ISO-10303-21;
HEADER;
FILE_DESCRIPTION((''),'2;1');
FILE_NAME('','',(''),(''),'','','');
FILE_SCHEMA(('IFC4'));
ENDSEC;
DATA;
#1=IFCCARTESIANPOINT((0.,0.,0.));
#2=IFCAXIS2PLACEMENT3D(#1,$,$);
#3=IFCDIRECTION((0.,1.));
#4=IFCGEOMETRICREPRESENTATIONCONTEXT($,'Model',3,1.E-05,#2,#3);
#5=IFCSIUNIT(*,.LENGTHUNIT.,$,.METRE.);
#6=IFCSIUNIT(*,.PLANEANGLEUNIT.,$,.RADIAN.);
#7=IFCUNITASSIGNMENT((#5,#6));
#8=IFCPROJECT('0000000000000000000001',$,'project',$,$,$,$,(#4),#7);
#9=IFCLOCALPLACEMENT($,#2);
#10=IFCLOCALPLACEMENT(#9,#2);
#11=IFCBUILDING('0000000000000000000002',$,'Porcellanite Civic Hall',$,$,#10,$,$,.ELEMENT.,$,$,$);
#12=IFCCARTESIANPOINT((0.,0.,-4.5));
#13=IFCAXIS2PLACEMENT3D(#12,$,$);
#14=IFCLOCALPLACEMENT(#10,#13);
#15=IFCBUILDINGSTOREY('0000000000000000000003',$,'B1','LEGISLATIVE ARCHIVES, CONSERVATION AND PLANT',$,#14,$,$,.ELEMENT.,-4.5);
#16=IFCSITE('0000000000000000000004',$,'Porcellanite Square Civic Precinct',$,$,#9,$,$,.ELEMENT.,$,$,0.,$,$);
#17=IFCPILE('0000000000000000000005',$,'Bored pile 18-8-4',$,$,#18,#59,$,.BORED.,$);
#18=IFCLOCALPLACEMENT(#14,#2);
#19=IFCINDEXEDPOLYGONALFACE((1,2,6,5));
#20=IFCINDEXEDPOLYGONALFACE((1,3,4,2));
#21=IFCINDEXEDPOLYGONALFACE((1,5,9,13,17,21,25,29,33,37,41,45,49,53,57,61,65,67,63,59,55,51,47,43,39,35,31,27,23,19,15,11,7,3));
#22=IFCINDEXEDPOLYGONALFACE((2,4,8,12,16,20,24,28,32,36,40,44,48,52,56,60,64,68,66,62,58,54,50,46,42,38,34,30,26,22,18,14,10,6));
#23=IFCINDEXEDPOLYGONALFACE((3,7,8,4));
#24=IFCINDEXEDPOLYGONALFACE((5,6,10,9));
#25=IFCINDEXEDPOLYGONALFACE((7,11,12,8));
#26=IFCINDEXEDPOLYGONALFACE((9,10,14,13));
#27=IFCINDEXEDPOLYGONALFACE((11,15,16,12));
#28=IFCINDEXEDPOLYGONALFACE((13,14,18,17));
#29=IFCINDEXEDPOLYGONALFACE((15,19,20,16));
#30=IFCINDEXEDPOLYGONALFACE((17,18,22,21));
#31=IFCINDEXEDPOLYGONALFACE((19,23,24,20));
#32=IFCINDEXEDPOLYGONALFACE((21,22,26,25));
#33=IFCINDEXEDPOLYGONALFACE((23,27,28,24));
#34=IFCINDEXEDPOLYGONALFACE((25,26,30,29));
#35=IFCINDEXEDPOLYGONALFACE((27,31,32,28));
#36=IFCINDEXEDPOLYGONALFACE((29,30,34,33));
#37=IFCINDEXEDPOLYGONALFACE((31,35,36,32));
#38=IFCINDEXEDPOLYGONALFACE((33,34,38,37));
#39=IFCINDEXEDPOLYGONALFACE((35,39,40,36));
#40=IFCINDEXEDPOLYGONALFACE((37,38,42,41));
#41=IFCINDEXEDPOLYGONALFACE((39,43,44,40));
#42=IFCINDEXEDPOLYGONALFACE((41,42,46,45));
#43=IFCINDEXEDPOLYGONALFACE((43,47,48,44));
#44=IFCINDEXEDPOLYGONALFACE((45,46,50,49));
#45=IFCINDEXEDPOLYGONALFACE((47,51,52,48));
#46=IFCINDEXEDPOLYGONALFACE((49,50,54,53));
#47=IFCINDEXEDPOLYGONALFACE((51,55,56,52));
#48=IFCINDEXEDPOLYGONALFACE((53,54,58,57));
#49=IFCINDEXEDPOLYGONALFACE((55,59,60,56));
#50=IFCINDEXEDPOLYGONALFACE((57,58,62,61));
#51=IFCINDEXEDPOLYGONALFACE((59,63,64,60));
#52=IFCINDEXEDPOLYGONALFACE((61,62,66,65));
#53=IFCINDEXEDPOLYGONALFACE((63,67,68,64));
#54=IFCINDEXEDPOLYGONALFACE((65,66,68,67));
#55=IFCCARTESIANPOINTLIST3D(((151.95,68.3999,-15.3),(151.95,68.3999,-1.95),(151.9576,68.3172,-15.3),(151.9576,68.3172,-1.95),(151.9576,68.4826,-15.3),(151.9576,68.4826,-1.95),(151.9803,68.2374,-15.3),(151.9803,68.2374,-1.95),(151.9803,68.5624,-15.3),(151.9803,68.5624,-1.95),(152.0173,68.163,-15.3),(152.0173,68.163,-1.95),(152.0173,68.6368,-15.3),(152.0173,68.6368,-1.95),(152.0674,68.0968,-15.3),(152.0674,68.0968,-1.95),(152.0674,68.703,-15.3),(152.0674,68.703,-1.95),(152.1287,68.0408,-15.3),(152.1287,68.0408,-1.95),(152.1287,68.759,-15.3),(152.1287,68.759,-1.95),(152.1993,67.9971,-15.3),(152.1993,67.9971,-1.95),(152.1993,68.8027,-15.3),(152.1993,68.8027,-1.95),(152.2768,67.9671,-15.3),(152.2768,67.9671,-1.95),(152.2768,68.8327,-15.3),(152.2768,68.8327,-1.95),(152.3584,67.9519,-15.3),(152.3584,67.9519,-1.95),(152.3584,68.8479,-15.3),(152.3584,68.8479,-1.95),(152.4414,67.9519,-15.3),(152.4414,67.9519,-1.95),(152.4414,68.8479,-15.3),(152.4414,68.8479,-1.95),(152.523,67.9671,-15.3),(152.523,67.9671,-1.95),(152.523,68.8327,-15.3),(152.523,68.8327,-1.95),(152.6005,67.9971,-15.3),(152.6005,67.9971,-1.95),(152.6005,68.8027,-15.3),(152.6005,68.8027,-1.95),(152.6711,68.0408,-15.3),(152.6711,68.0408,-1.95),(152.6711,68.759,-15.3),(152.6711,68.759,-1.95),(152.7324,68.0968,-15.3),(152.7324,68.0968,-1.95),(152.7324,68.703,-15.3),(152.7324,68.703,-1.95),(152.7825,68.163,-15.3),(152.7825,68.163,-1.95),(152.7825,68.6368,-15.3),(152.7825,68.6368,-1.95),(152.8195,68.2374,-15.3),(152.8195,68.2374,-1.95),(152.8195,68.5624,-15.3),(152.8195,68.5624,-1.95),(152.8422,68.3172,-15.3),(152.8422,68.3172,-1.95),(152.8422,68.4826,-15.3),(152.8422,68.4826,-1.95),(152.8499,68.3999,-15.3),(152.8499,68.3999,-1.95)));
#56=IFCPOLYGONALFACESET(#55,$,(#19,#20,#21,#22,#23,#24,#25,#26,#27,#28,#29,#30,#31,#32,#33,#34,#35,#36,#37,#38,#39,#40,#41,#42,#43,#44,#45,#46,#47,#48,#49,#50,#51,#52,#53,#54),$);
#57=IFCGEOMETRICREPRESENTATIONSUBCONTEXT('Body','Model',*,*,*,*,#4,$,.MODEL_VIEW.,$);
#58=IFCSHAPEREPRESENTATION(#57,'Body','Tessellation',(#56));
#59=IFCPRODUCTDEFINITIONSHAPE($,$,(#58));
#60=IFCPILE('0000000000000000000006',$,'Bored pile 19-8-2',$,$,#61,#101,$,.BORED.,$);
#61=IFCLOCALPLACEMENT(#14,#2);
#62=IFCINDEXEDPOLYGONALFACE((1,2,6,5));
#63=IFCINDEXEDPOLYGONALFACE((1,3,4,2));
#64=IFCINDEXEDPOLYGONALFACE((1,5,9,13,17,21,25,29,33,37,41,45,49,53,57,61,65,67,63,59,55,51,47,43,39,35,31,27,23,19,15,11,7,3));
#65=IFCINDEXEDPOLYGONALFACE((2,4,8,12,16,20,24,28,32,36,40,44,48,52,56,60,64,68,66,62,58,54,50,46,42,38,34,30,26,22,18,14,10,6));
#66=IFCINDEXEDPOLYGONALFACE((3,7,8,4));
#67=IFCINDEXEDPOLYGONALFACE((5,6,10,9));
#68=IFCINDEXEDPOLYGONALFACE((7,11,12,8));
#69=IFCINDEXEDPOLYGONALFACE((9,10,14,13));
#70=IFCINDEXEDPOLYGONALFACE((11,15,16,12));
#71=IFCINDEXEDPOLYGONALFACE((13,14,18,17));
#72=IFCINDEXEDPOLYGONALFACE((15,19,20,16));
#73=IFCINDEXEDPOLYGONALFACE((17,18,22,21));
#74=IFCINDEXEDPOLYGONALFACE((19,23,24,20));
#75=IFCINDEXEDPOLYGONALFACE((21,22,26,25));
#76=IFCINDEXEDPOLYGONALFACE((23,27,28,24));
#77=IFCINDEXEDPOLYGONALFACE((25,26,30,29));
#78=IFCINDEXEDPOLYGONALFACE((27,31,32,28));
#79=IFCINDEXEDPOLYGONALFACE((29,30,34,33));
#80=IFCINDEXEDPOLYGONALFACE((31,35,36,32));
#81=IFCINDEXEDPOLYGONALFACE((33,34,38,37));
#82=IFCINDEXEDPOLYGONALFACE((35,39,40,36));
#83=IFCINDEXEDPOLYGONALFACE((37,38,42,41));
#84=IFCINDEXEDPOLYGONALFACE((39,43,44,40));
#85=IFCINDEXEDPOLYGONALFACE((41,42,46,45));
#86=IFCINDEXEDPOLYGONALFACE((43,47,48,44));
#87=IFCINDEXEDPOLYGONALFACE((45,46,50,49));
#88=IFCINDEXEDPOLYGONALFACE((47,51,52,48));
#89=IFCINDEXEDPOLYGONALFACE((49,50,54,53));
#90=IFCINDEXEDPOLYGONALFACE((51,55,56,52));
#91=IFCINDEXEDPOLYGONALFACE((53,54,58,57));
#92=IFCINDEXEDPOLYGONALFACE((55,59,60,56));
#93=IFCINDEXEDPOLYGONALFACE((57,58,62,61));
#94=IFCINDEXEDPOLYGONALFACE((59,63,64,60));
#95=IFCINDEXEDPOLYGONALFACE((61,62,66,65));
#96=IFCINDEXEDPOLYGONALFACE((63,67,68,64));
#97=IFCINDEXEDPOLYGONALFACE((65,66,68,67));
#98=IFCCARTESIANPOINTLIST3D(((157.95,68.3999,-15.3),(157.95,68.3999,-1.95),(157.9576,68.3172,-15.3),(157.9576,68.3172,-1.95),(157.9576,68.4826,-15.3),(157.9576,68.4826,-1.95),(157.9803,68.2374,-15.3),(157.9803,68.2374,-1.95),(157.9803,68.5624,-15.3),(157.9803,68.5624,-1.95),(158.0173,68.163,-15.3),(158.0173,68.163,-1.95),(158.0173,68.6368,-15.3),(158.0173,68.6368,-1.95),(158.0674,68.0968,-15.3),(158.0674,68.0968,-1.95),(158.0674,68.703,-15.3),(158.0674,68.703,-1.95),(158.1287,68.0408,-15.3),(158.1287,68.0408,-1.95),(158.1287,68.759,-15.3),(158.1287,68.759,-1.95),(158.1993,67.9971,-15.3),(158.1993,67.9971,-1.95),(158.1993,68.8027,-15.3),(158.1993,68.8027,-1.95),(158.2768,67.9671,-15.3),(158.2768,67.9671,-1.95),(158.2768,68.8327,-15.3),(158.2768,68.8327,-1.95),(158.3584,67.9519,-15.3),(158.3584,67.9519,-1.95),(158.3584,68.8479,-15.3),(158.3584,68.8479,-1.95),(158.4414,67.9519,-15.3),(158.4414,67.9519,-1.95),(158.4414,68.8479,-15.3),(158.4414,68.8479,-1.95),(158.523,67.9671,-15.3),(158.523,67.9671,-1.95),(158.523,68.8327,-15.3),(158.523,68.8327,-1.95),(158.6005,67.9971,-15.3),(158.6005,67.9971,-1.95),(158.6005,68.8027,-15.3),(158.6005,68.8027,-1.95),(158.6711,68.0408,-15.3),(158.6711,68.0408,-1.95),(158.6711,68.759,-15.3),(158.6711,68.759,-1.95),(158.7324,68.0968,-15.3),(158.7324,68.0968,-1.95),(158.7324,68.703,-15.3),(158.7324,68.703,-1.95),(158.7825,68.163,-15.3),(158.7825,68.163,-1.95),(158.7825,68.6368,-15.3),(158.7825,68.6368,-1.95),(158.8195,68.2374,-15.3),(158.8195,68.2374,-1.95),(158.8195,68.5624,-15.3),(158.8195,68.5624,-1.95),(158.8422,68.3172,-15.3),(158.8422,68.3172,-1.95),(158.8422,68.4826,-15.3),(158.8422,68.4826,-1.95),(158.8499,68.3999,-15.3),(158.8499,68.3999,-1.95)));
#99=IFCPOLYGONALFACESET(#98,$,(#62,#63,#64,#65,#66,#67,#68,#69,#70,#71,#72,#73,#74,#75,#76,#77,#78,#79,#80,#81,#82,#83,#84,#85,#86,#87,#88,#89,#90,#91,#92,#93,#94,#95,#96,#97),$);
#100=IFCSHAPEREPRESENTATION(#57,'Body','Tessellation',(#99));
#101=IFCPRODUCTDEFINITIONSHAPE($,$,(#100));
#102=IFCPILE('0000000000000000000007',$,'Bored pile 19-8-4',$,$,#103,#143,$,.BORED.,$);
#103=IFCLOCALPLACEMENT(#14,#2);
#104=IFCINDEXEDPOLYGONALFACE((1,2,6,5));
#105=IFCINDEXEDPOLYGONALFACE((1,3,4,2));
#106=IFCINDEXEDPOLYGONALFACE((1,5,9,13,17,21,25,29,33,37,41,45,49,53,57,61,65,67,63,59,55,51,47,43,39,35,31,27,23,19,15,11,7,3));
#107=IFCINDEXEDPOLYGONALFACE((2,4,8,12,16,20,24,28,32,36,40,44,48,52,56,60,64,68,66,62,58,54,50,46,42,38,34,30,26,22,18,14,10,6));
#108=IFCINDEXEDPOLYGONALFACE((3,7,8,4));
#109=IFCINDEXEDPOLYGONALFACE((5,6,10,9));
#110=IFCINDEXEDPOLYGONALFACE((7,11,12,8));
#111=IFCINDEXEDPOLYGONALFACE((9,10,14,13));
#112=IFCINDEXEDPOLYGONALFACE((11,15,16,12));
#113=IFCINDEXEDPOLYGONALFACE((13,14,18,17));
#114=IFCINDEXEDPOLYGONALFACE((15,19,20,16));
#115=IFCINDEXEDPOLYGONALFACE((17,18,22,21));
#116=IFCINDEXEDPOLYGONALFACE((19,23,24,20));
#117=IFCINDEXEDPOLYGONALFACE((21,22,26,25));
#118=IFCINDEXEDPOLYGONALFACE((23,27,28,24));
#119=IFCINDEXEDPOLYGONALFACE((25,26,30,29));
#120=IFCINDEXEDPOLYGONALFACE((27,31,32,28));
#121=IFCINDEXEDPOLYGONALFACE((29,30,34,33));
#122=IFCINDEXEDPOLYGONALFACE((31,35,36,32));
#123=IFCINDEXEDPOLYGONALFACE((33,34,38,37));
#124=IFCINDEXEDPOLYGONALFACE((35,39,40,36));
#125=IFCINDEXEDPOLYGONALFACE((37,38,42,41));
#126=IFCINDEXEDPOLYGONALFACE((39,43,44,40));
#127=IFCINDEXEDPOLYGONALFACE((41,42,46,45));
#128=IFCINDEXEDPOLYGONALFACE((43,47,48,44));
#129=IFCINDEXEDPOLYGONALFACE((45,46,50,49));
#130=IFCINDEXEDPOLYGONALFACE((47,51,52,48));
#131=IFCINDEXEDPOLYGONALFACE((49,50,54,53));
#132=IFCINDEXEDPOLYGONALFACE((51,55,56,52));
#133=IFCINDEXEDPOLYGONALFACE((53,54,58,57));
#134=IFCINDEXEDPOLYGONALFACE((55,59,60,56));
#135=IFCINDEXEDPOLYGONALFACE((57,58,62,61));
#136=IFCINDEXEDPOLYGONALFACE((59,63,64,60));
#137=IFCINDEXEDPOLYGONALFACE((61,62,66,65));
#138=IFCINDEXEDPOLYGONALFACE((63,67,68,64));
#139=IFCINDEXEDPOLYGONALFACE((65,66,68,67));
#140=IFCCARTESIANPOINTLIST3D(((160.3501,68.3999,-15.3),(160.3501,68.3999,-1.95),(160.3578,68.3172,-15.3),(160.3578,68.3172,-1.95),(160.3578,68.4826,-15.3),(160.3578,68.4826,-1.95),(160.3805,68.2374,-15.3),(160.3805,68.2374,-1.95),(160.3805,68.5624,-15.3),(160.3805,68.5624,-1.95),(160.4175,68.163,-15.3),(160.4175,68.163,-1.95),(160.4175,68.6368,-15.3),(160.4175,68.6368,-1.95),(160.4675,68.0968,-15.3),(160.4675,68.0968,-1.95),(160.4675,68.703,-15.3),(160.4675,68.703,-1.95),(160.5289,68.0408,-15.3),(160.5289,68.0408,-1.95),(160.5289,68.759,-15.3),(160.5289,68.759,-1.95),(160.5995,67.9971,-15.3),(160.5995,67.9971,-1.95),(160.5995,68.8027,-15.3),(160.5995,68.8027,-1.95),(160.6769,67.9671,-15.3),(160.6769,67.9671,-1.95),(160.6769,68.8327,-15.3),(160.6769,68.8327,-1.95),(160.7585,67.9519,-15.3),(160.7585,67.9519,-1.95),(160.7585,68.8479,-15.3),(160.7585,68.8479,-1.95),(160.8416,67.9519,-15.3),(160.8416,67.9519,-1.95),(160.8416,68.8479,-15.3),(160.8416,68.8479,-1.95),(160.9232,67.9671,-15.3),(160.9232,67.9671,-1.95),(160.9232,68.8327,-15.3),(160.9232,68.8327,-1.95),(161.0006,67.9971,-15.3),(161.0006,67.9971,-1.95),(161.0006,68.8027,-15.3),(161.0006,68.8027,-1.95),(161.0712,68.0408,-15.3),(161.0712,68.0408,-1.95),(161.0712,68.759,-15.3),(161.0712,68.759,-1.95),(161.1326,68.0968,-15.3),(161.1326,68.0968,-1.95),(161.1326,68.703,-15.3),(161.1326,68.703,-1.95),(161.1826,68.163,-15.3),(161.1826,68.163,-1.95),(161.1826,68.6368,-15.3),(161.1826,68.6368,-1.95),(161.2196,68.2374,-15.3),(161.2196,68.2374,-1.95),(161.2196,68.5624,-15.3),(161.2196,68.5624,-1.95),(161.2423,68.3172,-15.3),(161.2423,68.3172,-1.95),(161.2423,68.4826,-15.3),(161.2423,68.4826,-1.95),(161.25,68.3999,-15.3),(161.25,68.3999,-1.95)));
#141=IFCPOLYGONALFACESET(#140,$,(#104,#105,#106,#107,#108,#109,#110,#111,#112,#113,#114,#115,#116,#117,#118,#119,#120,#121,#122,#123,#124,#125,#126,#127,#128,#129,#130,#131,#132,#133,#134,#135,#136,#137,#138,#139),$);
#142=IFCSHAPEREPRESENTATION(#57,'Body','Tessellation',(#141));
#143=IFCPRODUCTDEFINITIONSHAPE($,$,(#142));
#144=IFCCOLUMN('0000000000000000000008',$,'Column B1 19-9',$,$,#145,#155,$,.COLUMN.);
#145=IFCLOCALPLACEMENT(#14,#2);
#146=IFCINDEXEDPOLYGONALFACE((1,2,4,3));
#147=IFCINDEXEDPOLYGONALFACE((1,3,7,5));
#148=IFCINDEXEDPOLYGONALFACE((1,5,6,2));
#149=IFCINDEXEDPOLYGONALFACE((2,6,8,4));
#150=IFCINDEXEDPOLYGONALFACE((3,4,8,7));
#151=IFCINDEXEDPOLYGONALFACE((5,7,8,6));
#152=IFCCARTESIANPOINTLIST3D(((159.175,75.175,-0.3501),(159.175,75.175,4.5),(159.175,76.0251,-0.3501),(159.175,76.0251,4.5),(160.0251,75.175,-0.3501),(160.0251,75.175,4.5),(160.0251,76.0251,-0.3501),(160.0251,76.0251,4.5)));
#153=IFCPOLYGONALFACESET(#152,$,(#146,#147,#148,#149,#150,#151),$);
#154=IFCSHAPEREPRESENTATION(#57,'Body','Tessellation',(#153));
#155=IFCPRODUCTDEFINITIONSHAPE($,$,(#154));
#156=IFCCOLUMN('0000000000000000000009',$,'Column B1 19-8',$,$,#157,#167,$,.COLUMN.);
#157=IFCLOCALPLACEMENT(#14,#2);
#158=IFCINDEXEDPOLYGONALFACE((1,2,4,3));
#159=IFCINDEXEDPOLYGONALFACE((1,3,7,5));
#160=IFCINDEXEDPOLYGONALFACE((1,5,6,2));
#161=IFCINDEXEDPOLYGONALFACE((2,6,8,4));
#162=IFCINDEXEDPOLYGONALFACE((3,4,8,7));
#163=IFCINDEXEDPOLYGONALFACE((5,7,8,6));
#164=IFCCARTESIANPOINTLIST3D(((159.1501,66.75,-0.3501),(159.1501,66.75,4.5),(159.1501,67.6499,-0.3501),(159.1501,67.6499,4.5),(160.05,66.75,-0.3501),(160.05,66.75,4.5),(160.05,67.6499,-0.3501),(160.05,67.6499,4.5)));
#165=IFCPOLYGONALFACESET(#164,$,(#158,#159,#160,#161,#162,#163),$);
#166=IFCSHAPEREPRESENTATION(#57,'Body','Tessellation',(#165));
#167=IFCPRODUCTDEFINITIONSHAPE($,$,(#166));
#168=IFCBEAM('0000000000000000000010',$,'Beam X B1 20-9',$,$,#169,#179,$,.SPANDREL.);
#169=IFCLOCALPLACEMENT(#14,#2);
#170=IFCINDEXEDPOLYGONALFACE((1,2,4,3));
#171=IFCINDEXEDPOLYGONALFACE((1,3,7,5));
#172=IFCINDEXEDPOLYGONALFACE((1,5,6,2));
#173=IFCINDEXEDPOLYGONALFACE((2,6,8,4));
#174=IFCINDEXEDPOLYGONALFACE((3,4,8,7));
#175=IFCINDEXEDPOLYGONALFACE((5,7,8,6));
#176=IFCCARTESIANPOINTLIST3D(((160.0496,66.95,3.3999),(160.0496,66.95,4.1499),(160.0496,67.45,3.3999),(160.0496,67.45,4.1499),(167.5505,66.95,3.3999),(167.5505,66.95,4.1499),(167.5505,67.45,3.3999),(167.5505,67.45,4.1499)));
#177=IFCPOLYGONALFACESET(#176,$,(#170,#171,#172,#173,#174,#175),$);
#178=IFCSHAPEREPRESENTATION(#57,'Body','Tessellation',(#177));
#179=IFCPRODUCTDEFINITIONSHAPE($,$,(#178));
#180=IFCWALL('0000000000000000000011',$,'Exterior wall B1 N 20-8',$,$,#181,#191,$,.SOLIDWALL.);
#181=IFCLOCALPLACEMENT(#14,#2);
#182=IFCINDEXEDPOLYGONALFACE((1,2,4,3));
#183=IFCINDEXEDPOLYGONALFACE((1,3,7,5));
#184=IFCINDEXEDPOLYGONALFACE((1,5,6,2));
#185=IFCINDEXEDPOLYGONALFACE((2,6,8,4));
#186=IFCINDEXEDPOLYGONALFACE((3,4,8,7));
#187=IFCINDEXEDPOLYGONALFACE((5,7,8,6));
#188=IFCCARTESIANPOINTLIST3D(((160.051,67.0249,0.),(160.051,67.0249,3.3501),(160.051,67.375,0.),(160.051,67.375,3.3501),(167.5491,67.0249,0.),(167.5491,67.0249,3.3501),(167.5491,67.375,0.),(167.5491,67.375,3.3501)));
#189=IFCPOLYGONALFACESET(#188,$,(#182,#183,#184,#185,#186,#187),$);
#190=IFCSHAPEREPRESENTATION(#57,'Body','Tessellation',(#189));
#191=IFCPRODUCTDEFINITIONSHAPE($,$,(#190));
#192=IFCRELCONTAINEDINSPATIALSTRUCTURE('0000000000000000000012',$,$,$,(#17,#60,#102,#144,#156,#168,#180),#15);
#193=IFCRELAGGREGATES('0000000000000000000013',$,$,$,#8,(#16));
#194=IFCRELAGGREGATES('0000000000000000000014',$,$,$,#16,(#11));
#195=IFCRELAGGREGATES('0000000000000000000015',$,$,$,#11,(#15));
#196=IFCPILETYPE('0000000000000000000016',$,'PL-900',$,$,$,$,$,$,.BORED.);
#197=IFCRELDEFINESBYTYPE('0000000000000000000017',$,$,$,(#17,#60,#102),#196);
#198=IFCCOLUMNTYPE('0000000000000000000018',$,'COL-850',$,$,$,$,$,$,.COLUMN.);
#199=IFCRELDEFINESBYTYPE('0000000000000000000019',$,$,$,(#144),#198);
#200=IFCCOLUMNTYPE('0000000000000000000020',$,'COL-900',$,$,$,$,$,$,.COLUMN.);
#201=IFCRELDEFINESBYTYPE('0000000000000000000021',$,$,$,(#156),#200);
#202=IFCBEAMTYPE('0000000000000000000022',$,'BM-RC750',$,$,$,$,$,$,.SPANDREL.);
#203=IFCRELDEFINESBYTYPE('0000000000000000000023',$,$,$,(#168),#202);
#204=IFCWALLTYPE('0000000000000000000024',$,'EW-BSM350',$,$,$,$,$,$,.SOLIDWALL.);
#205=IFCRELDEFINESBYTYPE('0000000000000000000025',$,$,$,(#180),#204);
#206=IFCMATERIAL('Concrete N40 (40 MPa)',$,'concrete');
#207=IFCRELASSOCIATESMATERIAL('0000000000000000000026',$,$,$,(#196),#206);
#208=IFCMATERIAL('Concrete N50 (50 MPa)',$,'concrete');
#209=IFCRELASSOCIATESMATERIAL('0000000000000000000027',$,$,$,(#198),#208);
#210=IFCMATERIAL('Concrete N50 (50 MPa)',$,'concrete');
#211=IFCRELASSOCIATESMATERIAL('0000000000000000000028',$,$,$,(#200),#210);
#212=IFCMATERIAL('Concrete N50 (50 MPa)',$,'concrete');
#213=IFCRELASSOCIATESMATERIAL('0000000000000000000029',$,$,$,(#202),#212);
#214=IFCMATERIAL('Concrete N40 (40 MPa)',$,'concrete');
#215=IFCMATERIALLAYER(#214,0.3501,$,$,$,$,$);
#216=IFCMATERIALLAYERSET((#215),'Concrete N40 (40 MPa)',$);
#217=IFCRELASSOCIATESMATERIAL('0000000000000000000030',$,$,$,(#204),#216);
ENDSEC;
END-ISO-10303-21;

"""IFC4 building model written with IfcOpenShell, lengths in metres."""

from ifc_helpers import new_model, si_unit, direction, frame, frame_2d, origin, origin_2d, place, context, subcontext, project, spatial, rectangle, circle, extrude, material, layer, layer_set, material_profile, profile_set, type_object, element, save


model = new_model("IFC4")

# Units and contexts
model_context = context("Model", 3, precision=1e-05, world=origin(), true_north=direction((0.0, 1.0)))
body_context = subcontext(model_context, "Body", "Model", "MODEL_VIEW")
ifc_project = project(units=[si_unit("LENGTHUNIT", "METRE"), si_unit("PLANEANGLEUNIT", "RADIAN")], contexts=[model_context])

# Site, building, storey
site_placement = place(None, origin())
site = spatial("IfcSite", under=ifc_project, at=site_placement, Name="Porcellanite Square Civic Precinct", CompositionType="ELEMENT", RefElevation=0.0)
building_placement = place(site_placement, origin())
building = spatial("IfcBuilding", under=site, at=building_placement, Name="Porcellanite Civic Hall", CompositionType="ELEMENT")
storey_placement = place(building_placement, frame((0.0, 0.0, -4.5)))
storey = spatial("IfcBuildingStorey", under=building, at=storey_placement, Name="B1", Description="LEGISLATIVE ARCHIVES, CONSERVATION AND PLANT", CompositionType="ELEMENT", Elevation=-4.5)

# Piles
ifc_material_1 = material(Name="Concrete N40 (40 MPa)", Category="concrete")
ifc_material_profile_1 = material_profile(ifc_material_1, circle(Radius=0.45, at=origin_2d()), Name="PILE-D900")
ifc_profile_set_1 = profile_set([ifc_material_profile_1], Name="Concrete N40 (40 MPa)")
pile_type_1 = type_object("IfcPileType", Name="PL-900", PredefinedType="BORED", material=ifc_profile_set_1)
for number, where, z_axis, x_axis, name in (
    (1, (152.3999, 68.3999, -1.95), (0.0, 0.0, -1.0), (1.0, 0.0, 0.0), "Bored pile 18-8-4"),
    (2, (158.3999, 68.3999, -1.95), (0.0, 0.0, -1.0), (1.0, 0.0, 0.0), "Bored pile 19-8-2"),
    (3, (160.8, 68.3999, -1.95), (0.0, 0.0, -1.0), (1.0, 0.0, 0.0), "Bored pile 19-8-4"),
):
    element("IfcPile", number, at=place(storey_placement, frame(where, z_axis=z_axis, x_axis=x_axis)), inside=storey, type_object=pile_type_1, Name=name, PredefinedType="BORED", context=body_context, shape_type="SweptSolid", body=[
        extrude(circle(Radius=0.45, at=origin_2d()), origin(), (0.0, 0.0, 1.0), 13.3501),
    ])

# Columns
ifc_material_2 = material(Name="Concrete N50 (50 MPa)", Category="concrete")
ifc_material_profile_2 = material_profile(ifc_material_2, rectangle(XDim=0.8501, YDim=0.8501, at=origin_2d()), Name="RC-850x850")
ifc_profile_set_2 = profile_set([ifc_material_profile_2], Name="Concrete N50 (50 MPa)")
column_type_1 = type_object("IfcColumnType", Name="COL-850", PredefinedType="COLUMN", material=ifc_profile_set_2)
column_1_placement = place(storey_placement, frame((159.6001, 75.6001, -0.3501), z_axis=(0.0, 0.0, 1.0), x_axis=(1.0, 0.0, 0.0)))
element("IfcColumn", 4, at=column_1_placement, inside=storey, type_object=column_type_1, Name="Column B1 19-9", PredefinedType="COLUMN", context=body_context, shape_type="SweptSolid", body=[
    extrude(rectangle(XDim=0.8501, YDim=0.8501, at=origin_2d()), origin(), (0.0, 0.0, 1.0), 4.8501),
])
ifc_material_3 = material(Name="Concrete N50 (50 MPa)", Category="concrete")
ifc_material_profile_3 = material_profile(ifc_material_3, rectangle(XDim=0.8999, YDim=0.8999, at=origin_2d()), Name="RC-900x900")
ifc_profile_set_3 = profile_set([ifc_material_profile_3], Name="Concrete N50 (50 MPa)")
column_type_2 = type_object("IfcColumnType", Name="COL-900", PredefinedType="COLUMN", material=ifc_profile_set_3)
column_2_placement = place(storey_placement, frame((159.6001, 67.2, -0.3501), z_axis=(0.0, 0.0, 1.0), x_axis=(1.0, 0.0, 0.0)))
element("IfcColumn", 5, at=column_2_placement, inside=storey, type_object=column_type_2, Name="Column B1 19-8", PredefinedType="COLUMN", context=body_context, shape_type="SweptSolid", body=[
    extrude(rectangle(XDim=0.8999, YDim=0.8999, at=origin_2d()), origin(), (0.0, 0.0, 1.0), 4.8501),
])

# Beam
ifc_material_4 = material(Name="Concrete N50 (50 MPa)", Category="concrete")
ifc_material_profile_4 = material_profile(ifc_material_4, rectangle(XDim=0.5, YDim=0.75, at=origin_2d()), Name="RC-500x750")
ifc_profile_set_4 = profile_set([ifc_material_profile_4], Name="Concrete N50 (50 MPa)")
beam_type = type_object("IfcBeamType", Name="BM-RC750", PredefinedType="SPANDREL", material=ifc_profile_set_4)
beam_placement = place(storey_placement, frame((160.0496, 67.2, 3.7749), z_axis=(1.0, 0.0, 0.0), x_axis=(0.0, 1.0, 0.0)))
element("IfcBeam", 6, at=beam_placement, inside=storey, type_object=beam_type, Name="Beam X B1 20-9", PredefinedType="SPANDREL", context=body_context, shape_type="SweptSolid", body=[
    extrude(rectangle(XDim=0.5, YDim=0.75, at=origin_2d()), origin(), (0.0, 0.0, 1.0), 7.501),
])

# Wall
ifc_material_5 = material(Name="Concrete N40 (40 MPa)", Category="concrete")
ifc_layer = layer(ifc_material_5, 0.3501)
ifc_layer_set = layer_set([ifc_layer], Name="Concrete N40 (40 MPa)")
wall_type = type_object("IfcWallType", Name="EW-BSM350", PredefinedType="SOLIDWALL", material=ifc_layer_set)
wall_placement = place(storey_placement, frame((160.051, 67.2, 0.0), z_axis=(0.0, 0.0, 1.0), x_axis=(1.0, 0.0, 0.0)))
element("IfcWall", 7, at=wall_placement, inside=storey, type_object=wall_type, Name="Exterior wall B1 N 20-8", PredefinedType="SOLIDWALL", context=body_context, shape_type="SweptSolid", body=[
    extrude(rectangle(XDim=7.498, YDim=0.3501, at=frame_2d((3.749, 0.0))), origin(), (0.0, 0.0, 1.0), 3.3501),
])

save(model, "model.ifc")
